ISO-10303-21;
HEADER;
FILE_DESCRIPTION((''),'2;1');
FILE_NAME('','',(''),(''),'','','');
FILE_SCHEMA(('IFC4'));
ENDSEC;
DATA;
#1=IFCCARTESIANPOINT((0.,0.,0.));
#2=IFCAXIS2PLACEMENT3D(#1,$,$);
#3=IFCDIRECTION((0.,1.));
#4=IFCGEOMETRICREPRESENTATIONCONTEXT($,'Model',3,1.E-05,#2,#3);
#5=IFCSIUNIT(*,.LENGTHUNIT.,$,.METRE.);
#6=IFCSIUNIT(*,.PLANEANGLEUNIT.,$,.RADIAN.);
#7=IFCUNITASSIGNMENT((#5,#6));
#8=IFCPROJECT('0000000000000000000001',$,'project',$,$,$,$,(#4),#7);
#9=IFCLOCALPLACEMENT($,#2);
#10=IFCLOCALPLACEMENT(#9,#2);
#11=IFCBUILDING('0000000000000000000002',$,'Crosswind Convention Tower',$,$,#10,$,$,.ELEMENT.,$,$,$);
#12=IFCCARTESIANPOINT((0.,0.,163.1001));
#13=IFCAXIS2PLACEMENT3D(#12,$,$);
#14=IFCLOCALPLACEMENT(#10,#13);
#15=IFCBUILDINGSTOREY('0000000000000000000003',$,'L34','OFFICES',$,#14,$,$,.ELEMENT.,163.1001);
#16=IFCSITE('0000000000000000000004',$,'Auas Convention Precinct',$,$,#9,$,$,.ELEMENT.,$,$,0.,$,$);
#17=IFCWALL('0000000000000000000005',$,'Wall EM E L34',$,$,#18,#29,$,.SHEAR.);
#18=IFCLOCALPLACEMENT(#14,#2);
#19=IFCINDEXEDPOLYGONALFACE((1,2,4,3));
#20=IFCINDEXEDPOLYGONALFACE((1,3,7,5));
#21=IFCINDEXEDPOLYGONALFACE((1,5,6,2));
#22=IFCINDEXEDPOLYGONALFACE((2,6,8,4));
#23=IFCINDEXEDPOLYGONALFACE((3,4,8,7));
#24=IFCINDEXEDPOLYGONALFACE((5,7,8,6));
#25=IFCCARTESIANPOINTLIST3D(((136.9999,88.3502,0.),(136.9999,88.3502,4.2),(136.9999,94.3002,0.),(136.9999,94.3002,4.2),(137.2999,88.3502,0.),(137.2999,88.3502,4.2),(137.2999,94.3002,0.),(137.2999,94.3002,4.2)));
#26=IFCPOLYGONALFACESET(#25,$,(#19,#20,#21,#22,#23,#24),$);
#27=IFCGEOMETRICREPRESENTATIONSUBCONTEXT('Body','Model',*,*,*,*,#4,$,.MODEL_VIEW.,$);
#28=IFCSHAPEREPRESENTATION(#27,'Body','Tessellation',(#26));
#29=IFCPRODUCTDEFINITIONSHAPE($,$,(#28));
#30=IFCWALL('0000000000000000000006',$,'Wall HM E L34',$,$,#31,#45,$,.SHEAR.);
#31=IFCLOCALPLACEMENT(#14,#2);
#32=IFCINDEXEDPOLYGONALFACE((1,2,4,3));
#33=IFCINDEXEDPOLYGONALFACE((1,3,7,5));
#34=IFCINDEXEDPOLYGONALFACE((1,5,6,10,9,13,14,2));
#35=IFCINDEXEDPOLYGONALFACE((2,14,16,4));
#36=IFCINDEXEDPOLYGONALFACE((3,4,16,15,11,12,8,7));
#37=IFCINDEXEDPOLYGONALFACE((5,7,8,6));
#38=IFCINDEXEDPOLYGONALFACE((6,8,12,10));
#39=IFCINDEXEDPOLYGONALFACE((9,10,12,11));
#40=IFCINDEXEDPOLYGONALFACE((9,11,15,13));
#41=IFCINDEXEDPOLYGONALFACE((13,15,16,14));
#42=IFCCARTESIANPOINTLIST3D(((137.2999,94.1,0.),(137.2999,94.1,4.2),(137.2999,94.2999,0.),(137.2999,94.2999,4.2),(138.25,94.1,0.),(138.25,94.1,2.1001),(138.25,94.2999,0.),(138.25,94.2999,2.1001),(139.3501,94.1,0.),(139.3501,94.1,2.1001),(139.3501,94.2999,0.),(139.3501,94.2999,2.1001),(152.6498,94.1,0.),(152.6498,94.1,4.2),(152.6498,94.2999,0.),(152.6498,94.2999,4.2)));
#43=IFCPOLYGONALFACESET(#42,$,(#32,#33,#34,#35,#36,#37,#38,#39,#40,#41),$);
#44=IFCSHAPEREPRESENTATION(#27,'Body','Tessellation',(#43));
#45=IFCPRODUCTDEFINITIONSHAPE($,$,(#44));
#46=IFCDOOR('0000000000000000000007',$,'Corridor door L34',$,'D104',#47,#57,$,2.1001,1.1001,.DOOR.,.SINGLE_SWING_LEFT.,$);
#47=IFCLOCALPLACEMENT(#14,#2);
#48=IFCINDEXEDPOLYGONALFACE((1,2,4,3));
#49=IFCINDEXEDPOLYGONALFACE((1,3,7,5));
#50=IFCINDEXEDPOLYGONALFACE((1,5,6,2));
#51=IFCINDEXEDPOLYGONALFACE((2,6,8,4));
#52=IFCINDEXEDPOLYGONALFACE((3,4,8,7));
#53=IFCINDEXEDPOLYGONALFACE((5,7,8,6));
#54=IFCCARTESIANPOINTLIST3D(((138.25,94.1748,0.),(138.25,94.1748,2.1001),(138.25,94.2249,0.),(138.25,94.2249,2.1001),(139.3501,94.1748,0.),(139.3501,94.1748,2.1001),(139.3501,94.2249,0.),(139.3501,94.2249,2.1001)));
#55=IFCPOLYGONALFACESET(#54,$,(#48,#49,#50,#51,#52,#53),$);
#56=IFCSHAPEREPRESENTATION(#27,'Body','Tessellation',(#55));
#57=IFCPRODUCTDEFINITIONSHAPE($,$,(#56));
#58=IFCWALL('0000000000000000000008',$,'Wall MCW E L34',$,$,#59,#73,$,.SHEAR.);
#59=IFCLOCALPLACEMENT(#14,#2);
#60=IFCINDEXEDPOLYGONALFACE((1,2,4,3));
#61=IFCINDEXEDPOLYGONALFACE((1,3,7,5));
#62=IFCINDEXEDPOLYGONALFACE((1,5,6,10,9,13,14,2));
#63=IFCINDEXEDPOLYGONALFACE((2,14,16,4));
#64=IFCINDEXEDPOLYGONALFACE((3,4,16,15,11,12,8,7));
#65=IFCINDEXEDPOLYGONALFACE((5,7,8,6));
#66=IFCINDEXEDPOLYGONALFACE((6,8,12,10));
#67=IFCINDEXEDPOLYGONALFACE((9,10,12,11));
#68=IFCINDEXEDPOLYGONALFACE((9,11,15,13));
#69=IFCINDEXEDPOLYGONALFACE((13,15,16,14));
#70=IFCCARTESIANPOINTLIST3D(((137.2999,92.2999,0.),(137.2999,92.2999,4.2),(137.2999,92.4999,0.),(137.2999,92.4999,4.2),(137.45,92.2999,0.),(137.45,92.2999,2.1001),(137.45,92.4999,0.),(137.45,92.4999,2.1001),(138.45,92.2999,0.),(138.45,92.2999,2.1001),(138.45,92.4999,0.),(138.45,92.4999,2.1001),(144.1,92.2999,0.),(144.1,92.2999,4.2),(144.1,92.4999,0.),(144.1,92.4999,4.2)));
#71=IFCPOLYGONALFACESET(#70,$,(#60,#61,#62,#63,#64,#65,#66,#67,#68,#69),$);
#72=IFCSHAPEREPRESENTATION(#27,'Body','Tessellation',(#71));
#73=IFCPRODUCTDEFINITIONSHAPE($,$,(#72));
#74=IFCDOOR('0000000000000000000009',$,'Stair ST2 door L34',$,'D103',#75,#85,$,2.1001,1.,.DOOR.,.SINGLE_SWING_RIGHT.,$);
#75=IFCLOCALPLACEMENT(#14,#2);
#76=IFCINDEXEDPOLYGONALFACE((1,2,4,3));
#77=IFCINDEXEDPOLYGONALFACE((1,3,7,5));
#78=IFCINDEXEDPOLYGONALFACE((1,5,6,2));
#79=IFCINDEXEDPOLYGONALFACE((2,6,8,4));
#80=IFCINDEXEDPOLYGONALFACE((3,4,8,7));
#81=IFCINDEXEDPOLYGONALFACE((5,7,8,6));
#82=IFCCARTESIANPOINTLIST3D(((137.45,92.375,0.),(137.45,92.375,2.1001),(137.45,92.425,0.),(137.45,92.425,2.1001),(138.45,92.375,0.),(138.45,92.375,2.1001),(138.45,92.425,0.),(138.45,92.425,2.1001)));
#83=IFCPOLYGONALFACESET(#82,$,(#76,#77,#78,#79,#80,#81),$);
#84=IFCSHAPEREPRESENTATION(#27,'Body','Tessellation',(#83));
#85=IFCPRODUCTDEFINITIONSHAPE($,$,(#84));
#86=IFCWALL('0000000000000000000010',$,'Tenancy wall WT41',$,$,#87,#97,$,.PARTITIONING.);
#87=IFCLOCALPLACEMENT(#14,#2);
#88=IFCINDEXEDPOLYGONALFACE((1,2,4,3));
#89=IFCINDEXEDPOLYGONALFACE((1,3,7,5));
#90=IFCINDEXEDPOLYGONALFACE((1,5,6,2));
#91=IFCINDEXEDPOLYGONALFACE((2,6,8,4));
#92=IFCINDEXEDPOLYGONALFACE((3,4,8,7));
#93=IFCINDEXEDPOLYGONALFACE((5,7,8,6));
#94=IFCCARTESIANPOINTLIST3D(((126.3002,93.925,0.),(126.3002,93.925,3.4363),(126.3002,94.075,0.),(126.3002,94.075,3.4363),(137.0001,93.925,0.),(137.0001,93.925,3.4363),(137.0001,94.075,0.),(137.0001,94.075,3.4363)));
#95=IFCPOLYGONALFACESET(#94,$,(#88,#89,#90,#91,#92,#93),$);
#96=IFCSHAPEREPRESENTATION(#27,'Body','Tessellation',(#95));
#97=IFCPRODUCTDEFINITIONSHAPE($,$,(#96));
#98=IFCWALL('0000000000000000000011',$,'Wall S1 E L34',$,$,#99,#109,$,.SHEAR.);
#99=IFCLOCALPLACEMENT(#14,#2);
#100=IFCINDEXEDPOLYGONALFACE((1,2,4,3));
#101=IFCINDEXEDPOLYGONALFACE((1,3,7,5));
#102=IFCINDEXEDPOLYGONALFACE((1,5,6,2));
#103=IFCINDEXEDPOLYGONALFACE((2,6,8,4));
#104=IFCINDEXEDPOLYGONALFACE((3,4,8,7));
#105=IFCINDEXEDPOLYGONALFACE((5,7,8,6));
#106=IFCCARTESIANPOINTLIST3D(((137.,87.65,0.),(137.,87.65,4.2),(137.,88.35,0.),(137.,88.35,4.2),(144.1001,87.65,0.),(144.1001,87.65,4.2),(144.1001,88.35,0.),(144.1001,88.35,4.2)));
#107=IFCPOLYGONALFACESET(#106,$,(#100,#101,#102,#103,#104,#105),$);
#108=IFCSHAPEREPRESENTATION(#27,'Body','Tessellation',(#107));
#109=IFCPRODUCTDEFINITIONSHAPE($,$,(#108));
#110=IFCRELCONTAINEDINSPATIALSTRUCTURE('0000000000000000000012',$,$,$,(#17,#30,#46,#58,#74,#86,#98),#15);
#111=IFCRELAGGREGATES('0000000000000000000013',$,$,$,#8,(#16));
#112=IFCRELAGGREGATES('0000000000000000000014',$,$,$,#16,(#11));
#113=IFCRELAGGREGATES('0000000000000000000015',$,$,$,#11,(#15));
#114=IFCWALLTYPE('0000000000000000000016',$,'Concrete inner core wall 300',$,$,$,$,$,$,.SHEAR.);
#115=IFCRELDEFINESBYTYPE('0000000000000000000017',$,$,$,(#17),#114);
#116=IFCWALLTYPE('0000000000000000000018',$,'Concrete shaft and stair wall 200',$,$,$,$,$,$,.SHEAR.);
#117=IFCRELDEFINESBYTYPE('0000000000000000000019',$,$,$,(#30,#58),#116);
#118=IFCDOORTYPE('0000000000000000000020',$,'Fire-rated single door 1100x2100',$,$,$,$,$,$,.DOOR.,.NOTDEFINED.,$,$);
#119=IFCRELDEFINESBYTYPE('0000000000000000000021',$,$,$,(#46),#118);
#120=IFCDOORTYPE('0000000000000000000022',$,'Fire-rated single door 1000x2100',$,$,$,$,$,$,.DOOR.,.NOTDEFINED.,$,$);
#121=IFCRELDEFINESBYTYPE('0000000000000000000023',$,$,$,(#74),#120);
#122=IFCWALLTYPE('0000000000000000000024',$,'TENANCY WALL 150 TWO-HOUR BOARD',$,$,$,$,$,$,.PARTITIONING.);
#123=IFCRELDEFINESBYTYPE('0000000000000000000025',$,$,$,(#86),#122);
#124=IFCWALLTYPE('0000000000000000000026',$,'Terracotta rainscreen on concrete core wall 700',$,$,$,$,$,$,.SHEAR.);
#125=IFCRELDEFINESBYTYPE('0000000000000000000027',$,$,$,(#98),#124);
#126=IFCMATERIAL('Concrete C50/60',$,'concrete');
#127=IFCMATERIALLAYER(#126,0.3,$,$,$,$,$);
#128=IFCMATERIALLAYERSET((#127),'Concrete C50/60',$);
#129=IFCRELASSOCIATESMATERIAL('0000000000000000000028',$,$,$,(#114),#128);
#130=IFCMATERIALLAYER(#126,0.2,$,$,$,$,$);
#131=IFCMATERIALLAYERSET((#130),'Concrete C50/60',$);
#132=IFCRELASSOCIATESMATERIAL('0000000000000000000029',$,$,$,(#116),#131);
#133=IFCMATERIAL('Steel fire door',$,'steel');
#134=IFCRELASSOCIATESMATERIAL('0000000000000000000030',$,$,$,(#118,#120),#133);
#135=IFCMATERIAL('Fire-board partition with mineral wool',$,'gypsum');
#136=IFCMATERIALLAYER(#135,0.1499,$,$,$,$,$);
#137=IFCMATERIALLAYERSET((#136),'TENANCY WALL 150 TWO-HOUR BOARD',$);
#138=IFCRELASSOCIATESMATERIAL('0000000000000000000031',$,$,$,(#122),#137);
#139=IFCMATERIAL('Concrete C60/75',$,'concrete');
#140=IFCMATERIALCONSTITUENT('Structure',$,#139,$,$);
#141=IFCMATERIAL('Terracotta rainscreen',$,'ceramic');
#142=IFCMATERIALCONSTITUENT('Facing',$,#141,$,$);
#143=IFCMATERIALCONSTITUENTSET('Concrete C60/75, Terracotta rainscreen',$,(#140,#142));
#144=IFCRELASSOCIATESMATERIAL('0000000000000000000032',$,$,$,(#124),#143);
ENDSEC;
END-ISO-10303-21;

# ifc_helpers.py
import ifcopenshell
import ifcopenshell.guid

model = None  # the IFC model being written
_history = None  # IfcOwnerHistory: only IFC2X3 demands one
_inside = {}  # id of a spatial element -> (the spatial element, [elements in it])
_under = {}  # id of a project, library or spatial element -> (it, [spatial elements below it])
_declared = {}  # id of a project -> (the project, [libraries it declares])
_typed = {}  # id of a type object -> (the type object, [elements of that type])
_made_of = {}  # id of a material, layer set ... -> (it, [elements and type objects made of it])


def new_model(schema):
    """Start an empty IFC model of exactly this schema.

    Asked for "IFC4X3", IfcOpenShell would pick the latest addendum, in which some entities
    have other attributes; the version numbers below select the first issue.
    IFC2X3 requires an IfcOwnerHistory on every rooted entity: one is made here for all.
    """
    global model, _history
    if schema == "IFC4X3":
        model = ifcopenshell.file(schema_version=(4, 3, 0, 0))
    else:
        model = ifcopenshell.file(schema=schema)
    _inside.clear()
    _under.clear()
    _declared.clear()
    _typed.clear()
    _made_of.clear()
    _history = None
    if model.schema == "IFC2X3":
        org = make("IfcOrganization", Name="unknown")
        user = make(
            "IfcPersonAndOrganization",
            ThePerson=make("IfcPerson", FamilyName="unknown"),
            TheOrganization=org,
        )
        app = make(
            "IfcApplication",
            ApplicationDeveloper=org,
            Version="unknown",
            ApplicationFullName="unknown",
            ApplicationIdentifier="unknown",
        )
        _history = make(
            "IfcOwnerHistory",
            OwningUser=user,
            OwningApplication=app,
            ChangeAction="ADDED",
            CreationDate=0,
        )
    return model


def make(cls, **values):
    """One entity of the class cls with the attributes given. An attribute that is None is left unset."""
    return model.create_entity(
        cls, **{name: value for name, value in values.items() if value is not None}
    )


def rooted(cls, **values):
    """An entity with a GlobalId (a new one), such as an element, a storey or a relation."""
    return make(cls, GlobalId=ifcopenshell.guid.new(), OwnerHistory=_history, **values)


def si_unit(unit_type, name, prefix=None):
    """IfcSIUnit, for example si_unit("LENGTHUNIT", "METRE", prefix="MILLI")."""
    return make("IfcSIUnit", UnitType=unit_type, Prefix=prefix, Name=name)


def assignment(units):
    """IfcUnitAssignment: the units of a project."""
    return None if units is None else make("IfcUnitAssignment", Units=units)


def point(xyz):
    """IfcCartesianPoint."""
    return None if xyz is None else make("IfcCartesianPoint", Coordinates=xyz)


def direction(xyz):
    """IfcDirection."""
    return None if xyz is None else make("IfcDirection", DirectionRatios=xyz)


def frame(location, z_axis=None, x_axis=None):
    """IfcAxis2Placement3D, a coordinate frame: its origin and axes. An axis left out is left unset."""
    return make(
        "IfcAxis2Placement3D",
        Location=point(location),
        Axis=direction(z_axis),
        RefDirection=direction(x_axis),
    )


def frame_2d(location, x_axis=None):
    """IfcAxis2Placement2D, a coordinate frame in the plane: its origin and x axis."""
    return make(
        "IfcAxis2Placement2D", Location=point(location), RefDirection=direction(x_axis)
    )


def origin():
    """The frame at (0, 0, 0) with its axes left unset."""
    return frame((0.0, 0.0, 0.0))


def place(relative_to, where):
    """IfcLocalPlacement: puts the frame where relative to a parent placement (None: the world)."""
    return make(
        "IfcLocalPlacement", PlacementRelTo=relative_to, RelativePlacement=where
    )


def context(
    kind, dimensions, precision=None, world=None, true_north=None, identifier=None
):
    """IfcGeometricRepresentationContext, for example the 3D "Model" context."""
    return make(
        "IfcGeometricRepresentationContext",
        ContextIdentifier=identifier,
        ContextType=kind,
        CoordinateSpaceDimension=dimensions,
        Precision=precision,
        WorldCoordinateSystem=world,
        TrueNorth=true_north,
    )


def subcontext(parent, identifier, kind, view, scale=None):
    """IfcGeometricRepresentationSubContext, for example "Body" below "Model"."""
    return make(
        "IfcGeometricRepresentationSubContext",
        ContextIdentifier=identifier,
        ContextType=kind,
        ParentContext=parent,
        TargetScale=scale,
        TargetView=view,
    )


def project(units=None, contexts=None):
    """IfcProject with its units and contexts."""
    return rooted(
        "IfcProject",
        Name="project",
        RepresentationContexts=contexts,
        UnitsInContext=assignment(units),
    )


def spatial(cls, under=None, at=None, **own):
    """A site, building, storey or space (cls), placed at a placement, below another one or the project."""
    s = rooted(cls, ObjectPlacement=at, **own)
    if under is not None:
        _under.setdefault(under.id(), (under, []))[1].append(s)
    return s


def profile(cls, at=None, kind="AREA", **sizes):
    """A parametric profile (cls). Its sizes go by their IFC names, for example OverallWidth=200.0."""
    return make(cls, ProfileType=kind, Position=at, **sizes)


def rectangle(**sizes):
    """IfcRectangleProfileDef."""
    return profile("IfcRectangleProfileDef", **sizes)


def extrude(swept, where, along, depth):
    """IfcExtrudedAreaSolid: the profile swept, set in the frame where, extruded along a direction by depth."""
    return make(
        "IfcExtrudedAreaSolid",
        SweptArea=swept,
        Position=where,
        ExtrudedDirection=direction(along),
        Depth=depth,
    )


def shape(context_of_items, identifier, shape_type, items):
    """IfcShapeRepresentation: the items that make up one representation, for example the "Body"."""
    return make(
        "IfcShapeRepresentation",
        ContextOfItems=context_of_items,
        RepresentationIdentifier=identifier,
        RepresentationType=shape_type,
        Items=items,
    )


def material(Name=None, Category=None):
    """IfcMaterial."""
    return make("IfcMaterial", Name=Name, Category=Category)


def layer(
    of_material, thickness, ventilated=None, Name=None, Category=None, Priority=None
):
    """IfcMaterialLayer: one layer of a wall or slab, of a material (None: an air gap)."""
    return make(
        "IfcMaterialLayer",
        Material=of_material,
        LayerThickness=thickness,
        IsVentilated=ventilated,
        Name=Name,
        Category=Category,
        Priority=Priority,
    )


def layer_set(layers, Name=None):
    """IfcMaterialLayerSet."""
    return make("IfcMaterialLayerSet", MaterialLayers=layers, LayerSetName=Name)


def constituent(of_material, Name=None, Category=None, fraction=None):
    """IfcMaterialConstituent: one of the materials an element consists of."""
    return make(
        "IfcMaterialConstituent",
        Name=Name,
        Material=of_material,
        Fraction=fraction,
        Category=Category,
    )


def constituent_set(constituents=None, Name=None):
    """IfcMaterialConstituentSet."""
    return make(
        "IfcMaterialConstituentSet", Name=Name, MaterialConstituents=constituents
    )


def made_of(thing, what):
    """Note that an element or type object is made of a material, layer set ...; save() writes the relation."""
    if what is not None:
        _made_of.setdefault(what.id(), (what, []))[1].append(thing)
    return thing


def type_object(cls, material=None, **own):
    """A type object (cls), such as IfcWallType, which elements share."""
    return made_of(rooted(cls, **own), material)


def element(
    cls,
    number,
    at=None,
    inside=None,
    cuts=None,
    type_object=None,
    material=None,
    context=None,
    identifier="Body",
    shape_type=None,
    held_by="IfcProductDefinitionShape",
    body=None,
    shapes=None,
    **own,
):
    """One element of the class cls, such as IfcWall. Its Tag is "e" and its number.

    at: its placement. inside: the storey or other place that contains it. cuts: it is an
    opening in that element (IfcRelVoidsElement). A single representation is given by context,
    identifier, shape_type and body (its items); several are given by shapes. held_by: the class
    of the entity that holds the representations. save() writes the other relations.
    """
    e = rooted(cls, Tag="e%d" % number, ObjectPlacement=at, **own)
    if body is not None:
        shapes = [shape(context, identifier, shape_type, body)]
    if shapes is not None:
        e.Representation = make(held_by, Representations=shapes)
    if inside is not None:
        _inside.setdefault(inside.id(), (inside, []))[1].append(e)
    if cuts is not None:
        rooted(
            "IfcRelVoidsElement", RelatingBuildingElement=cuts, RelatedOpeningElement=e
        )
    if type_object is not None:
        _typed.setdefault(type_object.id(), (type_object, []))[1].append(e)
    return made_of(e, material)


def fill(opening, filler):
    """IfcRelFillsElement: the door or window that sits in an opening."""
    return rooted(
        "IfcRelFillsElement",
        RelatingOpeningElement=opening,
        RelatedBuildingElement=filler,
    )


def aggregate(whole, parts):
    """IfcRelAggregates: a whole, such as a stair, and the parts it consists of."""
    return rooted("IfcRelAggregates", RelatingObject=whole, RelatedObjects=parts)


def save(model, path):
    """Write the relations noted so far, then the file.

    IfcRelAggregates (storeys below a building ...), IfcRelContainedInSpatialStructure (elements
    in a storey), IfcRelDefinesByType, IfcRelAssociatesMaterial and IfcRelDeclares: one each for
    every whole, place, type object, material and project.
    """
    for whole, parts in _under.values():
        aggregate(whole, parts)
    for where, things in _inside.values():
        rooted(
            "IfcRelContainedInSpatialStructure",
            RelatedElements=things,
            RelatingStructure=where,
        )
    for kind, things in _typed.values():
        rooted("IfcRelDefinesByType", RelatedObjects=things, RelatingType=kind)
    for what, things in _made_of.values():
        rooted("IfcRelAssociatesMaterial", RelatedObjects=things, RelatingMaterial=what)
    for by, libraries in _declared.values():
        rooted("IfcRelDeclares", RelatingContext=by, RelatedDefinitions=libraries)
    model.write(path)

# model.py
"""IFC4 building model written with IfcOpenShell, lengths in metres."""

from ifc_helpers import new_model, si_unit, direction, frame, frame_2d, origin, place, context, subcontext, project, spatial, rectangle, extrude, material, layer, layer_set, constituent, constituent_set, type_object, element, fill, save


model = new_model("IFC4")

# Units and contexts
model_context = context("Model", 3, precision=1e-05, world=origin(), true_north=direction((0.0, 1.0)))
body_context = subcontext(model_context, "Body", "Model", "MODEL_VIEW")
ifc_project = project(units=[si_unit("LENGTHUNIT", "METRE"), si_unit("PLANEANGLEUNIT", "RADIAN")], contexts=[model_context])

# Site, building, storey
site_placement = place(None, origin())
site = spatial("IfcSite", under=ifc_project, at=site_placement, Name="Auas Convention Precinct", CompositionType="ELEMENT", RefElevation=0.0)
building_placement = place(site_placement, origin())
building = spatial("IfcBuilding", under=site, at=building_placement, Name="Crosswind Convention Tower", CompositionType="ELEMENT")
storey_placement = place(building_placement, frame((0.0, 0.0, 163.1001)))
storey = spatial("IfcBuildingStorey", under=building, at=storey_placement, Name="L34", Description="OFFICES", CompositionType="ELEMENT", Elevation=163.1001)

# Shared definitions
ifc_material_1 = material(Name="Concrete C50/60", Category="concrete")
ifc_layer_1 = layer(ifc_material_1, 0.3)
ifc_layer_set_1 = layer_set([ifc_layer_1], Name="Concrete C50/60")
wall_type_1 = type_object("IfcWallType", Name="Concrete inner core wall 300", PredefinedType="SHEAR", material=ifc_layer_set_1)

# Wall
wall_1_placement = place(storey_placement, frame((137.1499, 88.3501, 0.0), z_axis=(0.0, 0.0, 1.0), x_axis=(0.0, 1.0, 0.0)))
element("IfcWall", 1, at=wall_1_placement, inside=storey, type_object=wall_type_1, Name="Wall EM E L34", PredefinedType="SHEAR", context=body_context, shape_type="SweptSolid", body=[
    extrude(rectangle(XDim=5.95, YDim=0.3, at=frame_2d((2.9751, 0.0))), origin(), (0.0, 0.0, 1.0), 4.2),
])

# Walls, openings, doors
ifc_layer_2 = layer(ifc_material_1, 0.2)
ifc_layer_set_2 = layer_set([ifc_layer_2], Name="Concrete C50/60")
wall_type_2 = type_object("IfcWallType", Name="Concrete shaft and stair wall 200", PredefinedType="SHEAR", material=ifc_layer_set_2)
wall_2_placement = place(storey_placement, frame((137.3, 94.2, 0.0), z_axis=(0.0, 0.0, 1.0), x_axis=(1.0, 0.0, 0.0)))
wall_2 = element("IfcWall", 2, at=wall_2_placement, inside=storey, type_object=wall_type_2, Name="Wall HM E L34", PredefinedType="SHEAR", context=body_context, shape_type="SweptSolid", body=[
    extrude(rectangle(XDim=15.3499, YDim=0.2, at=frame_2d((7.6748, 0.0))), origin(), (0.0, 0.0, 1.0), 4.2),
])
opening_1_placement = place(wall_2_placement, frame((0.95, 0.0, 0.0)))
opening_1 = element("IfcOpeningElement", 3, at=opening_1_placement, cuts=wall_2, PredefinedType="OPENING", context=body_context, shape_type="SweptSolid", body=[
    extrude(rectangle(XDim=1.1001, YDim=2.1001, at=frame_2d((0.55, 1.05))), frame((0.0, 0.1099, 0.0), z_axis=(0.0, -1.0, 0.0), x_axis=(1.0, 0.0, 0.0)), (0.0, 0.0, 1.0), 0.22),
])
ifc_material_2 = material(Name="Steel fire door", Category="steel")
door_type_1 = type_object("IfcDoorType", Name="Fire-rated single door 1100x2100", OperationType="NOTDEFINED", PredefinedType="DOOR", material=ifc_material_2)
door_1_placement = place(opening_1_placement, origin())
door_1 = element("IfcDoor", 4, at=door_1_placement, inside=storey, type_object=door_type_1, Name="Corridor door L34", ObjectType="D104", OperationType="SINGLE_SWING_LEFT", OverallHeight=2.1001, OverallWidth=1.1001, PredefinedType="DOOR", context=body_context, shape_type="SweptSolid", body=[
    extrude(rectangle(XDim=1.1001, YDim=2.1001, at=frame_2d((0.55, 1.05))), frame((0.0, 0.0249, 0.0), z_axis=(0.0, -1.0, 0.0), x_axis=(1.0, 0.0, 0.0)), (0.0, 0.0, 1.0), 0.05),
])
fill(opening_1, door_1)
wall_3_placement = place(storey_placement, frame((137.3, 92.3999, 0.0), z_axis=(0.0, 0.0, 1.0), x_axis=(1.0, 0.0, 0.0)))
wall_3 = element("IfcWall", 5, at=wall_3_placement, inside=storey, type_object=wall_type_2, Name="Wall MCW E L34", PredefinedType="SHEAR", context=body_context, shape_type="SweptSolid", body=[
    extrude(rectangle(XDim=6.8, YDim=0.2, at=frame_2d((3.3999, 0.0))), origin(), (0.0, 0.0, 1.0), 4.2),
])
opening_2_placement = place(wall_3_placement, frame((0.1499, 0.0, 0.0)))
opening_2 = element("IfcOpeningElement", 6, at=opening_2_placement, cuts=wall_3, PredefinedType="OPENING", context=body_context, shape_type="SweptSolid", body=[
    extrude(rectangle(XDim=1.0, YDim=2.1001, at=frame_2d((0.5, 1.05))), frame((0.0, 0.1099, 0.0), z_axis=(0.0, -1.0, 0.0), x_axis=(1.0, 0.0, 0.0)), (0.0, 0.0, 1.0), 0.22),
])
door_type_2 = type_object("IfcDoorType", Name="Fire-rated single door 1000x2100", OperationType="NOTDEFINED", PredefinedType="DOOR", material=ifc_material_2)
door_2_placement = place(opening_2_placement, frame((1.0, 0.0, 0.0), z_axis=(0.0, 0.0, 1.0), x_axis=(-1.0, 0.0, 0.0)))
door_2 = element("IfcDoor", 7, at=door_2_placement, inside=storey, type_object=door_type_2, Name="Stair ST2 door L34", ObjectType="D103", OperationType="SINGLE_SWING_RIGHT", OverallHeight=2.1001, OverallWidth=1.0, PredefinedType="DOOR", context=body_context, shape_type="SweptSolid", body=[
    extrude(rectangle(XDim=1.0, YDim=2.1001, at=frame_2d((0.5, 1.05))), frame((0.0, 0.0249, 0.0), z_axis=(0.0, -1.0, 0.0), x_axis=(1.0, 0.0, 0.0)), (0.0, 0.0, 1.0), 0.05),
])
fill(opening_2, door_2)

# Walls
ifc_material_3 = material(Name="Fire-board partition with mineral wool", Category="gypsum")
ifc_layer_3 = layer(ifc_material_3, 0.1499)
ifc_layer_set_3 = layer_set([ifc_layer_3], Name="TENANCY WALL 150 TWO-HOUR BOARD")
wall_type_3 = type_object("IfcWallType", Name="TENANCY WALL 150 TWO-HOUR BOARD", PredefinedType="PARTITIONING", material=ifc_layer_set_3)
wall_4_placement = place(storey_placement, frame((126.3, 94.0, 0.0), z_axis=(0.0, 0.0, 1.0), x_axis=(1.0, 0.0, 0.0)))
element("IfcWall", 8, at=wall_4_placement, inside=storey, type_object=wall_type_3, Name="Tenancy wall WT41", PredefinedType="PARTITIONING", context=body_context, shape_type="SweptSolid", body=[
    extrude(rectangle(XDim=10.7, YDim=0.1499, at=frame_2d((5.3501, 0.0))), origin(), (0.0, 0.0, 1.0), 3.4363),
])
ifc_material_4 = material(Name="Concrete C60/75", Category="concrete")
ifc_constituent_1 = constituent(ifc_material_4, Name="Structure")
ifc_material_5 = material(Name="Terracotta rainscreen", Category="ceramic")
ifc_constituent_2 = constituent(ifc_material_5, Name="Facing")
ifc_constituent_set = constituent_set(constituents=[ifc_constituent_1, ifc_constituent_2], Name="Concrete C60/75, Terracotta rainscreen")
wall_type_4 = type_object("IfcWallType", Name="Terracotta rainscreen on concrete core wall 700", PredefinedType="SHEAR", material=ifc_constituent_set)
wall_5_placement = place(storey_placement, frame((137.0, 88.0, 0.0), z_axis=(0.0, 0.0, 1.0), x_axis=(1.0, 0.0, 0.0)))
element("IfcWall", 9, at=wall_5_placement, inside=storey, type_object=wall_type_4, Name="Wall S1 E L34", PredefinedType="SHEAR", context=body_context, shape_type="SweptSolid", body=[
    extrude(rectangle(XDim=7.1001, YDim=0.7, at=frame_2d((3.55, 0.0))), origin(), (0.0, 0.0, 1.0), 4.2),
])

save(model, "model.ifc")
